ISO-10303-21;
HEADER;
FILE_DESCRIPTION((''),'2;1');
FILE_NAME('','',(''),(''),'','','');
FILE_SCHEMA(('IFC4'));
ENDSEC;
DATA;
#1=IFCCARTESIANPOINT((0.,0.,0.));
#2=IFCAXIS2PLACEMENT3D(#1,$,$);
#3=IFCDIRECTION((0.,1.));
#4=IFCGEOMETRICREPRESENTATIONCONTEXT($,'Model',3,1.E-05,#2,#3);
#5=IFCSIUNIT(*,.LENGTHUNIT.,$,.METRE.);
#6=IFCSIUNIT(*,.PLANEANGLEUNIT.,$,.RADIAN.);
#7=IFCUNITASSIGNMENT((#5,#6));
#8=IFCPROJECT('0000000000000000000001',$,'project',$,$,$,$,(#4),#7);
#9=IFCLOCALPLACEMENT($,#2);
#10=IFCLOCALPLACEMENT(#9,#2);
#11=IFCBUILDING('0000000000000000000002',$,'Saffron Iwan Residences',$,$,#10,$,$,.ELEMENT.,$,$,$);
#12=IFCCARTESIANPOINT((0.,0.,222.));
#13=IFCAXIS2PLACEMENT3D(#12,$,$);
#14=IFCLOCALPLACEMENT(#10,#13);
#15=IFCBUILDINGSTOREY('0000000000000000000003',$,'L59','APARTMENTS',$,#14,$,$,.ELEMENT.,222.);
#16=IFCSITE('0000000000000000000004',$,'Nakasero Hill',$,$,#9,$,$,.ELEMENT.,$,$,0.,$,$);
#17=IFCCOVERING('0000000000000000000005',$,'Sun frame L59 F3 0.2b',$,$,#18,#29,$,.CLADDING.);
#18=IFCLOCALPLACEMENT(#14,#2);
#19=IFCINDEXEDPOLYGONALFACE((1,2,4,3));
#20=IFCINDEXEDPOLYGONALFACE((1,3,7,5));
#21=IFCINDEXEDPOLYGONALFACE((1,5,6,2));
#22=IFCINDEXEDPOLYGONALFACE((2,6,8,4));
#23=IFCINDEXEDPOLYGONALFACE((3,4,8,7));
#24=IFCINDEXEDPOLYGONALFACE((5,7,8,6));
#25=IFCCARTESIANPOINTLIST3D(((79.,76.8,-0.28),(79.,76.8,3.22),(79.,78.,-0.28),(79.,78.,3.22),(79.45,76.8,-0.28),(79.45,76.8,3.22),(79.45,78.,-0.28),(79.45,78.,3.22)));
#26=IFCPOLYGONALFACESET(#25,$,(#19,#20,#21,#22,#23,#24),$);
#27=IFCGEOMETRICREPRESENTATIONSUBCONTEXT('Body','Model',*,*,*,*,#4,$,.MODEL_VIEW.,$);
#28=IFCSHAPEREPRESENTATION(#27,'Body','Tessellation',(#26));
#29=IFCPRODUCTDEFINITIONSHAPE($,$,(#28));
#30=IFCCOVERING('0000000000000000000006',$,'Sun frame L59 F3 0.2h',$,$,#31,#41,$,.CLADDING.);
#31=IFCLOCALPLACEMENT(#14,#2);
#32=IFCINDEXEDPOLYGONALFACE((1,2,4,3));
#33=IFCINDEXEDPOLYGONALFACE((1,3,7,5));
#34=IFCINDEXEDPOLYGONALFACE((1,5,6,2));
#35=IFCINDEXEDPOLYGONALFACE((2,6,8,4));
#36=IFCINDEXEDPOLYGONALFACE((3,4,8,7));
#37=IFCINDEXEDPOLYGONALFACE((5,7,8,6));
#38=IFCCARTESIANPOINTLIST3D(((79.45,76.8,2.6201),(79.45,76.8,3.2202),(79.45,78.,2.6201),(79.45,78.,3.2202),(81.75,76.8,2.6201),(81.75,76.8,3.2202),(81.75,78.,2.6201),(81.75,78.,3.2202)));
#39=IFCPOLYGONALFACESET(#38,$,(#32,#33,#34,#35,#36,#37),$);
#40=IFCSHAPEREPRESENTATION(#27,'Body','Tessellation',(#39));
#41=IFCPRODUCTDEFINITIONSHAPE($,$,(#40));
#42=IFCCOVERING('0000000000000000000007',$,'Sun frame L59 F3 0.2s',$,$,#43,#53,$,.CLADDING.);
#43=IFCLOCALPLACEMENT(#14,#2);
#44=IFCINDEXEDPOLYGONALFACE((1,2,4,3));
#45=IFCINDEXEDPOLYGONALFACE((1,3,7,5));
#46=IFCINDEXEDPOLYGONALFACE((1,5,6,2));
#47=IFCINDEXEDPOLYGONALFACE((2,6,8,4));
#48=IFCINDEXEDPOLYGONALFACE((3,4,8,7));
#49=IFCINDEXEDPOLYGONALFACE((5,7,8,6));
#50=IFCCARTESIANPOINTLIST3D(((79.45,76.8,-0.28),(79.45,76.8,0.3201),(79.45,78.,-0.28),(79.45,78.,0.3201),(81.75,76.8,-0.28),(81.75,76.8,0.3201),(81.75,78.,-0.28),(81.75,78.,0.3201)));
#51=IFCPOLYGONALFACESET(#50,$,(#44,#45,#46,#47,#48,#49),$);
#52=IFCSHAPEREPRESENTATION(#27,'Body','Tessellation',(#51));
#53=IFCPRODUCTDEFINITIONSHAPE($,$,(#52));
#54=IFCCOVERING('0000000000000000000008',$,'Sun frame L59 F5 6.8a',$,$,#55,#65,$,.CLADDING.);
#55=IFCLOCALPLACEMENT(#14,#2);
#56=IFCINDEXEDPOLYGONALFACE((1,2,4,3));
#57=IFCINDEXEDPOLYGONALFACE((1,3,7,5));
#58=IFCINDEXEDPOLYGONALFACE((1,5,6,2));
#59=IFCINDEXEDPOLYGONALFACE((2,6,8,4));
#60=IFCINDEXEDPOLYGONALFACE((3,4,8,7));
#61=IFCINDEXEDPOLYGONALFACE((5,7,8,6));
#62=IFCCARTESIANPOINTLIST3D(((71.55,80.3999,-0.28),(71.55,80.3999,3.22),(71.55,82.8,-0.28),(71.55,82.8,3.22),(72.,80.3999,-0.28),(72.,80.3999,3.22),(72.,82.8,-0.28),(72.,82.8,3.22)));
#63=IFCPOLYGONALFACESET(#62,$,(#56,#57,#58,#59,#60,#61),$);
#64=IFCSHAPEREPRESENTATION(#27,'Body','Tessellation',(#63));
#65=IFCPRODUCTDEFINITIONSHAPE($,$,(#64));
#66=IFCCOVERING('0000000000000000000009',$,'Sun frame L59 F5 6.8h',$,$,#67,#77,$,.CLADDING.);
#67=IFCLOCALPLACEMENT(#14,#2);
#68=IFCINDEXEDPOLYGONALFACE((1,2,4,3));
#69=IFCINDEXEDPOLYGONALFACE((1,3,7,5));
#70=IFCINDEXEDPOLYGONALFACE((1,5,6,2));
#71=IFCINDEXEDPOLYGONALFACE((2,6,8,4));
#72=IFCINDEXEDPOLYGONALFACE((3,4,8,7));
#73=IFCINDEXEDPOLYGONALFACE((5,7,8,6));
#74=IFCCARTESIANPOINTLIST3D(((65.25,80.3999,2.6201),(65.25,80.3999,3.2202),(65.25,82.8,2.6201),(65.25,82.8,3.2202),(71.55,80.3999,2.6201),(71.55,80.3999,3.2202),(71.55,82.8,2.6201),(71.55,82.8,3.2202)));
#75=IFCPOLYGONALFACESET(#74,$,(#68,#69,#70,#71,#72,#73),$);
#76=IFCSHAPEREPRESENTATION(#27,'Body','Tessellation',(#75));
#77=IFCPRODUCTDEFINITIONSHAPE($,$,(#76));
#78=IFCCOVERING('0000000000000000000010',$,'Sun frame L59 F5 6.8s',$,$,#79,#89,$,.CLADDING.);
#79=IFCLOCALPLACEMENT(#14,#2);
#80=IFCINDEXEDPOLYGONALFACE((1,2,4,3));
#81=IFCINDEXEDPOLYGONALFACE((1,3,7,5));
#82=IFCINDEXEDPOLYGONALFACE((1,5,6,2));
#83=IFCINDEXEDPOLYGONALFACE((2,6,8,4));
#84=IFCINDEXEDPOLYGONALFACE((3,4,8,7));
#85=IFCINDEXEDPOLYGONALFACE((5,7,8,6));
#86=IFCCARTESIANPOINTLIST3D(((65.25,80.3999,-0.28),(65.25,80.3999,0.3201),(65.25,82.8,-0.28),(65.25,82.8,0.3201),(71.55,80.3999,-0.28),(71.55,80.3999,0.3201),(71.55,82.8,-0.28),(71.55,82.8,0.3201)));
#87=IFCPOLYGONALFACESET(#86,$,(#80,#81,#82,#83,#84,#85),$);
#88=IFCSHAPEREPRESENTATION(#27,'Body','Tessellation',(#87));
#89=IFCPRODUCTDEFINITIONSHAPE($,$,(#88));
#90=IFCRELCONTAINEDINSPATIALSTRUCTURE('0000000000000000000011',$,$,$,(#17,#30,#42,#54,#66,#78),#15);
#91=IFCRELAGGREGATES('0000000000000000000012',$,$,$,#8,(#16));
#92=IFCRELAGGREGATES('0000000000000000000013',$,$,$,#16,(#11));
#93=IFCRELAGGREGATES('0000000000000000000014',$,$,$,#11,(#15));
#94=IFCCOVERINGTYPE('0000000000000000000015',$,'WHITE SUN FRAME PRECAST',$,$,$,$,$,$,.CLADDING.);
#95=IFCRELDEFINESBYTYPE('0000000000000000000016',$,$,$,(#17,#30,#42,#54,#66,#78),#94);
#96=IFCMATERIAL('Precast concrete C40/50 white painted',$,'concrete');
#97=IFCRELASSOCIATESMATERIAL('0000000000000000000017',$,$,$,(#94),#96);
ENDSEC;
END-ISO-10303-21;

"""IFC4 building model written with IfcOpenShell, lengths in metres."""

from ifc_helpers import new_model, si_unit, direction, frame, origin, place, context, subcontext, project, spatial, polyline, outline, extrude, material, type_object, element, save


model = new_model("IFC4")

# Units and contexts
model_context = context("Model", 3, precision=1e-05, world=origin(), true_north=direction((0.0, 1.0)))
body_context = subcontext(model_context, "Body", "Model", "MODEL_VIEW")
ifc_project = project(units=[si_unit("LENGTHUNIT", "METRE"), si_unit("PLANEANGLEUNIT", "RADIAN")], contexts=[model_context])

# Site, building, storey
site_placement = place(None, origin())
site = spatial("IfcSite", under=ifc_project, at=site_placement, Name="Nakasero Hill", CompositionType="ELEMENT", RefElevation=0.0)
building_placement = place(site_placement, origin())
building = spatial("IfcBuilding", under=site, at=building_placement, Name="Saffron Iwan Residences", CompositionType="ELEMENT")
storey_placement = place(building_placement, frame((0.0, 0.0, 222.0)))
storey = spatial("IfcBuildingStorey", under=building, at=storey_placement, Name="L59", Description="APARTMENTS", CompositionType="ELEMENT", Elevation=222.0)

# Coverings
ifc_material_1 = material(Name="Precast concrete C40/50 white painted", Category="concrete")
covering_type_1 = type_object("IfcCoveringType", Name="WHITE SUN FRAME PRECAST", PredefinedType="CLADDING", material=ifc_material_1)
for number, where, z_axis, x_axis, name in (
    (1, (79.45, 76.8, -0.28), (0.0, 1.0, 0.0), (-1.0, 0.0, 0.0), "Sun frame L59 F3 0.2b"),
):
    element("IfcCovering", number, at=place(storey_placement, frame(where, z_axis=z_axis, x_axis=x_axis)), inside=storey, type_object=covering_type_1, Name=name, PredefinedType="CLADDING", context=body_context, shape_type="SweptSolid", body=[
        extrude(outline(polyline([(0.0, 0.0), (0.45, 0.0), (0.45, 3.5), (0.0, 3.5), (0.0, 0.0)])), origin(), (0.0, 0.0, 1.0), 1.2),
    ])
for number, where, z_axis, x_axis, name in (
    (2, (81.75, 76.8, 2.6201), (0.0, 1.0, 0.0), (-1.0, 0.0, 0.0), "Sun frame L59 F3 0.2h"),
    (3, (81.75, 76.8, -0.28), (0.0, 1.0, 0.0), (-1.0, 0.0, 0.0), "Sun frame L59 F3 0.2s"),
):
    element("IfcCovering", number, at=place(storey_placement, frame(where, z_axis=z_axis, x_axis=x_axis)), inside=storey, type_object=covering_type_1, Name=name, PredefinedType="CLADDING", context=body_context, shape_type="SweptSolid", body=[
        extrude(outline(polyline([(0.0, 0.0), (2.3, 0.0), (2.3, 0.6001), (0.0, 0.6001), (0.0, 0.0)])), origin(), (0.0, 0.0, 1.0), 1.2),
    ])
covering_1_placement = place(storey_placement, frame((72.0, 80.3999, -0.28), z_axis=(0.0, 1.0, 0.0), x_axis=(-1.0, 0.0, 0.0)))
element("IfcCovering", 4, at=covering_1_placement, inside=storey, type_object=covering_type_1, Name="Sun frame L59 F5 6.8a", PredefinedType="CLADDING", context=body_context, shape_type="SweptSolid", body=[
    extrude(outline(polyline([(0.0, 0.0), (0.45, 0.0), (0.45, 3.5), (0.0, 3.5), (0.0, 0.0)])), origin(), (0.0, 0.0, 1.0), 2.4001),
])
for number, where, z_axis, x_axis, name in (
    (5, (71.55, 80.3999, 2.6201), (0.0, 1.0, 0.0), (-1.0, 0.0, 0.0), "Sun frame L59 F5 6.8h"),
    (6, (71.55, 80.3999, -0.28), (0.0, 1.0, 0.0), (-1.0, 0.0, 0.0), "Sun frame L59 F5 6.8s"),
):
    element("IfcCovering", number, at=place(storey_placement, frame(where, z_axis=z_axis, x_axis=x_axis)), inside=storey, type_object=covering_type_1, Name=name, PredefinedType="CLADDING", context=body_context, shape_type="SweptSolid", body=[
        extrude(outline(polyline([(0.0, 0.0), (6.3, 0.0), (6.3, 0.6001), (0.0, 0.6001), (0.0, 0.0)])), origin(), (0.0, 0.0, 1.0), 2.4001),
    ])

save(model, "model.ifc")
